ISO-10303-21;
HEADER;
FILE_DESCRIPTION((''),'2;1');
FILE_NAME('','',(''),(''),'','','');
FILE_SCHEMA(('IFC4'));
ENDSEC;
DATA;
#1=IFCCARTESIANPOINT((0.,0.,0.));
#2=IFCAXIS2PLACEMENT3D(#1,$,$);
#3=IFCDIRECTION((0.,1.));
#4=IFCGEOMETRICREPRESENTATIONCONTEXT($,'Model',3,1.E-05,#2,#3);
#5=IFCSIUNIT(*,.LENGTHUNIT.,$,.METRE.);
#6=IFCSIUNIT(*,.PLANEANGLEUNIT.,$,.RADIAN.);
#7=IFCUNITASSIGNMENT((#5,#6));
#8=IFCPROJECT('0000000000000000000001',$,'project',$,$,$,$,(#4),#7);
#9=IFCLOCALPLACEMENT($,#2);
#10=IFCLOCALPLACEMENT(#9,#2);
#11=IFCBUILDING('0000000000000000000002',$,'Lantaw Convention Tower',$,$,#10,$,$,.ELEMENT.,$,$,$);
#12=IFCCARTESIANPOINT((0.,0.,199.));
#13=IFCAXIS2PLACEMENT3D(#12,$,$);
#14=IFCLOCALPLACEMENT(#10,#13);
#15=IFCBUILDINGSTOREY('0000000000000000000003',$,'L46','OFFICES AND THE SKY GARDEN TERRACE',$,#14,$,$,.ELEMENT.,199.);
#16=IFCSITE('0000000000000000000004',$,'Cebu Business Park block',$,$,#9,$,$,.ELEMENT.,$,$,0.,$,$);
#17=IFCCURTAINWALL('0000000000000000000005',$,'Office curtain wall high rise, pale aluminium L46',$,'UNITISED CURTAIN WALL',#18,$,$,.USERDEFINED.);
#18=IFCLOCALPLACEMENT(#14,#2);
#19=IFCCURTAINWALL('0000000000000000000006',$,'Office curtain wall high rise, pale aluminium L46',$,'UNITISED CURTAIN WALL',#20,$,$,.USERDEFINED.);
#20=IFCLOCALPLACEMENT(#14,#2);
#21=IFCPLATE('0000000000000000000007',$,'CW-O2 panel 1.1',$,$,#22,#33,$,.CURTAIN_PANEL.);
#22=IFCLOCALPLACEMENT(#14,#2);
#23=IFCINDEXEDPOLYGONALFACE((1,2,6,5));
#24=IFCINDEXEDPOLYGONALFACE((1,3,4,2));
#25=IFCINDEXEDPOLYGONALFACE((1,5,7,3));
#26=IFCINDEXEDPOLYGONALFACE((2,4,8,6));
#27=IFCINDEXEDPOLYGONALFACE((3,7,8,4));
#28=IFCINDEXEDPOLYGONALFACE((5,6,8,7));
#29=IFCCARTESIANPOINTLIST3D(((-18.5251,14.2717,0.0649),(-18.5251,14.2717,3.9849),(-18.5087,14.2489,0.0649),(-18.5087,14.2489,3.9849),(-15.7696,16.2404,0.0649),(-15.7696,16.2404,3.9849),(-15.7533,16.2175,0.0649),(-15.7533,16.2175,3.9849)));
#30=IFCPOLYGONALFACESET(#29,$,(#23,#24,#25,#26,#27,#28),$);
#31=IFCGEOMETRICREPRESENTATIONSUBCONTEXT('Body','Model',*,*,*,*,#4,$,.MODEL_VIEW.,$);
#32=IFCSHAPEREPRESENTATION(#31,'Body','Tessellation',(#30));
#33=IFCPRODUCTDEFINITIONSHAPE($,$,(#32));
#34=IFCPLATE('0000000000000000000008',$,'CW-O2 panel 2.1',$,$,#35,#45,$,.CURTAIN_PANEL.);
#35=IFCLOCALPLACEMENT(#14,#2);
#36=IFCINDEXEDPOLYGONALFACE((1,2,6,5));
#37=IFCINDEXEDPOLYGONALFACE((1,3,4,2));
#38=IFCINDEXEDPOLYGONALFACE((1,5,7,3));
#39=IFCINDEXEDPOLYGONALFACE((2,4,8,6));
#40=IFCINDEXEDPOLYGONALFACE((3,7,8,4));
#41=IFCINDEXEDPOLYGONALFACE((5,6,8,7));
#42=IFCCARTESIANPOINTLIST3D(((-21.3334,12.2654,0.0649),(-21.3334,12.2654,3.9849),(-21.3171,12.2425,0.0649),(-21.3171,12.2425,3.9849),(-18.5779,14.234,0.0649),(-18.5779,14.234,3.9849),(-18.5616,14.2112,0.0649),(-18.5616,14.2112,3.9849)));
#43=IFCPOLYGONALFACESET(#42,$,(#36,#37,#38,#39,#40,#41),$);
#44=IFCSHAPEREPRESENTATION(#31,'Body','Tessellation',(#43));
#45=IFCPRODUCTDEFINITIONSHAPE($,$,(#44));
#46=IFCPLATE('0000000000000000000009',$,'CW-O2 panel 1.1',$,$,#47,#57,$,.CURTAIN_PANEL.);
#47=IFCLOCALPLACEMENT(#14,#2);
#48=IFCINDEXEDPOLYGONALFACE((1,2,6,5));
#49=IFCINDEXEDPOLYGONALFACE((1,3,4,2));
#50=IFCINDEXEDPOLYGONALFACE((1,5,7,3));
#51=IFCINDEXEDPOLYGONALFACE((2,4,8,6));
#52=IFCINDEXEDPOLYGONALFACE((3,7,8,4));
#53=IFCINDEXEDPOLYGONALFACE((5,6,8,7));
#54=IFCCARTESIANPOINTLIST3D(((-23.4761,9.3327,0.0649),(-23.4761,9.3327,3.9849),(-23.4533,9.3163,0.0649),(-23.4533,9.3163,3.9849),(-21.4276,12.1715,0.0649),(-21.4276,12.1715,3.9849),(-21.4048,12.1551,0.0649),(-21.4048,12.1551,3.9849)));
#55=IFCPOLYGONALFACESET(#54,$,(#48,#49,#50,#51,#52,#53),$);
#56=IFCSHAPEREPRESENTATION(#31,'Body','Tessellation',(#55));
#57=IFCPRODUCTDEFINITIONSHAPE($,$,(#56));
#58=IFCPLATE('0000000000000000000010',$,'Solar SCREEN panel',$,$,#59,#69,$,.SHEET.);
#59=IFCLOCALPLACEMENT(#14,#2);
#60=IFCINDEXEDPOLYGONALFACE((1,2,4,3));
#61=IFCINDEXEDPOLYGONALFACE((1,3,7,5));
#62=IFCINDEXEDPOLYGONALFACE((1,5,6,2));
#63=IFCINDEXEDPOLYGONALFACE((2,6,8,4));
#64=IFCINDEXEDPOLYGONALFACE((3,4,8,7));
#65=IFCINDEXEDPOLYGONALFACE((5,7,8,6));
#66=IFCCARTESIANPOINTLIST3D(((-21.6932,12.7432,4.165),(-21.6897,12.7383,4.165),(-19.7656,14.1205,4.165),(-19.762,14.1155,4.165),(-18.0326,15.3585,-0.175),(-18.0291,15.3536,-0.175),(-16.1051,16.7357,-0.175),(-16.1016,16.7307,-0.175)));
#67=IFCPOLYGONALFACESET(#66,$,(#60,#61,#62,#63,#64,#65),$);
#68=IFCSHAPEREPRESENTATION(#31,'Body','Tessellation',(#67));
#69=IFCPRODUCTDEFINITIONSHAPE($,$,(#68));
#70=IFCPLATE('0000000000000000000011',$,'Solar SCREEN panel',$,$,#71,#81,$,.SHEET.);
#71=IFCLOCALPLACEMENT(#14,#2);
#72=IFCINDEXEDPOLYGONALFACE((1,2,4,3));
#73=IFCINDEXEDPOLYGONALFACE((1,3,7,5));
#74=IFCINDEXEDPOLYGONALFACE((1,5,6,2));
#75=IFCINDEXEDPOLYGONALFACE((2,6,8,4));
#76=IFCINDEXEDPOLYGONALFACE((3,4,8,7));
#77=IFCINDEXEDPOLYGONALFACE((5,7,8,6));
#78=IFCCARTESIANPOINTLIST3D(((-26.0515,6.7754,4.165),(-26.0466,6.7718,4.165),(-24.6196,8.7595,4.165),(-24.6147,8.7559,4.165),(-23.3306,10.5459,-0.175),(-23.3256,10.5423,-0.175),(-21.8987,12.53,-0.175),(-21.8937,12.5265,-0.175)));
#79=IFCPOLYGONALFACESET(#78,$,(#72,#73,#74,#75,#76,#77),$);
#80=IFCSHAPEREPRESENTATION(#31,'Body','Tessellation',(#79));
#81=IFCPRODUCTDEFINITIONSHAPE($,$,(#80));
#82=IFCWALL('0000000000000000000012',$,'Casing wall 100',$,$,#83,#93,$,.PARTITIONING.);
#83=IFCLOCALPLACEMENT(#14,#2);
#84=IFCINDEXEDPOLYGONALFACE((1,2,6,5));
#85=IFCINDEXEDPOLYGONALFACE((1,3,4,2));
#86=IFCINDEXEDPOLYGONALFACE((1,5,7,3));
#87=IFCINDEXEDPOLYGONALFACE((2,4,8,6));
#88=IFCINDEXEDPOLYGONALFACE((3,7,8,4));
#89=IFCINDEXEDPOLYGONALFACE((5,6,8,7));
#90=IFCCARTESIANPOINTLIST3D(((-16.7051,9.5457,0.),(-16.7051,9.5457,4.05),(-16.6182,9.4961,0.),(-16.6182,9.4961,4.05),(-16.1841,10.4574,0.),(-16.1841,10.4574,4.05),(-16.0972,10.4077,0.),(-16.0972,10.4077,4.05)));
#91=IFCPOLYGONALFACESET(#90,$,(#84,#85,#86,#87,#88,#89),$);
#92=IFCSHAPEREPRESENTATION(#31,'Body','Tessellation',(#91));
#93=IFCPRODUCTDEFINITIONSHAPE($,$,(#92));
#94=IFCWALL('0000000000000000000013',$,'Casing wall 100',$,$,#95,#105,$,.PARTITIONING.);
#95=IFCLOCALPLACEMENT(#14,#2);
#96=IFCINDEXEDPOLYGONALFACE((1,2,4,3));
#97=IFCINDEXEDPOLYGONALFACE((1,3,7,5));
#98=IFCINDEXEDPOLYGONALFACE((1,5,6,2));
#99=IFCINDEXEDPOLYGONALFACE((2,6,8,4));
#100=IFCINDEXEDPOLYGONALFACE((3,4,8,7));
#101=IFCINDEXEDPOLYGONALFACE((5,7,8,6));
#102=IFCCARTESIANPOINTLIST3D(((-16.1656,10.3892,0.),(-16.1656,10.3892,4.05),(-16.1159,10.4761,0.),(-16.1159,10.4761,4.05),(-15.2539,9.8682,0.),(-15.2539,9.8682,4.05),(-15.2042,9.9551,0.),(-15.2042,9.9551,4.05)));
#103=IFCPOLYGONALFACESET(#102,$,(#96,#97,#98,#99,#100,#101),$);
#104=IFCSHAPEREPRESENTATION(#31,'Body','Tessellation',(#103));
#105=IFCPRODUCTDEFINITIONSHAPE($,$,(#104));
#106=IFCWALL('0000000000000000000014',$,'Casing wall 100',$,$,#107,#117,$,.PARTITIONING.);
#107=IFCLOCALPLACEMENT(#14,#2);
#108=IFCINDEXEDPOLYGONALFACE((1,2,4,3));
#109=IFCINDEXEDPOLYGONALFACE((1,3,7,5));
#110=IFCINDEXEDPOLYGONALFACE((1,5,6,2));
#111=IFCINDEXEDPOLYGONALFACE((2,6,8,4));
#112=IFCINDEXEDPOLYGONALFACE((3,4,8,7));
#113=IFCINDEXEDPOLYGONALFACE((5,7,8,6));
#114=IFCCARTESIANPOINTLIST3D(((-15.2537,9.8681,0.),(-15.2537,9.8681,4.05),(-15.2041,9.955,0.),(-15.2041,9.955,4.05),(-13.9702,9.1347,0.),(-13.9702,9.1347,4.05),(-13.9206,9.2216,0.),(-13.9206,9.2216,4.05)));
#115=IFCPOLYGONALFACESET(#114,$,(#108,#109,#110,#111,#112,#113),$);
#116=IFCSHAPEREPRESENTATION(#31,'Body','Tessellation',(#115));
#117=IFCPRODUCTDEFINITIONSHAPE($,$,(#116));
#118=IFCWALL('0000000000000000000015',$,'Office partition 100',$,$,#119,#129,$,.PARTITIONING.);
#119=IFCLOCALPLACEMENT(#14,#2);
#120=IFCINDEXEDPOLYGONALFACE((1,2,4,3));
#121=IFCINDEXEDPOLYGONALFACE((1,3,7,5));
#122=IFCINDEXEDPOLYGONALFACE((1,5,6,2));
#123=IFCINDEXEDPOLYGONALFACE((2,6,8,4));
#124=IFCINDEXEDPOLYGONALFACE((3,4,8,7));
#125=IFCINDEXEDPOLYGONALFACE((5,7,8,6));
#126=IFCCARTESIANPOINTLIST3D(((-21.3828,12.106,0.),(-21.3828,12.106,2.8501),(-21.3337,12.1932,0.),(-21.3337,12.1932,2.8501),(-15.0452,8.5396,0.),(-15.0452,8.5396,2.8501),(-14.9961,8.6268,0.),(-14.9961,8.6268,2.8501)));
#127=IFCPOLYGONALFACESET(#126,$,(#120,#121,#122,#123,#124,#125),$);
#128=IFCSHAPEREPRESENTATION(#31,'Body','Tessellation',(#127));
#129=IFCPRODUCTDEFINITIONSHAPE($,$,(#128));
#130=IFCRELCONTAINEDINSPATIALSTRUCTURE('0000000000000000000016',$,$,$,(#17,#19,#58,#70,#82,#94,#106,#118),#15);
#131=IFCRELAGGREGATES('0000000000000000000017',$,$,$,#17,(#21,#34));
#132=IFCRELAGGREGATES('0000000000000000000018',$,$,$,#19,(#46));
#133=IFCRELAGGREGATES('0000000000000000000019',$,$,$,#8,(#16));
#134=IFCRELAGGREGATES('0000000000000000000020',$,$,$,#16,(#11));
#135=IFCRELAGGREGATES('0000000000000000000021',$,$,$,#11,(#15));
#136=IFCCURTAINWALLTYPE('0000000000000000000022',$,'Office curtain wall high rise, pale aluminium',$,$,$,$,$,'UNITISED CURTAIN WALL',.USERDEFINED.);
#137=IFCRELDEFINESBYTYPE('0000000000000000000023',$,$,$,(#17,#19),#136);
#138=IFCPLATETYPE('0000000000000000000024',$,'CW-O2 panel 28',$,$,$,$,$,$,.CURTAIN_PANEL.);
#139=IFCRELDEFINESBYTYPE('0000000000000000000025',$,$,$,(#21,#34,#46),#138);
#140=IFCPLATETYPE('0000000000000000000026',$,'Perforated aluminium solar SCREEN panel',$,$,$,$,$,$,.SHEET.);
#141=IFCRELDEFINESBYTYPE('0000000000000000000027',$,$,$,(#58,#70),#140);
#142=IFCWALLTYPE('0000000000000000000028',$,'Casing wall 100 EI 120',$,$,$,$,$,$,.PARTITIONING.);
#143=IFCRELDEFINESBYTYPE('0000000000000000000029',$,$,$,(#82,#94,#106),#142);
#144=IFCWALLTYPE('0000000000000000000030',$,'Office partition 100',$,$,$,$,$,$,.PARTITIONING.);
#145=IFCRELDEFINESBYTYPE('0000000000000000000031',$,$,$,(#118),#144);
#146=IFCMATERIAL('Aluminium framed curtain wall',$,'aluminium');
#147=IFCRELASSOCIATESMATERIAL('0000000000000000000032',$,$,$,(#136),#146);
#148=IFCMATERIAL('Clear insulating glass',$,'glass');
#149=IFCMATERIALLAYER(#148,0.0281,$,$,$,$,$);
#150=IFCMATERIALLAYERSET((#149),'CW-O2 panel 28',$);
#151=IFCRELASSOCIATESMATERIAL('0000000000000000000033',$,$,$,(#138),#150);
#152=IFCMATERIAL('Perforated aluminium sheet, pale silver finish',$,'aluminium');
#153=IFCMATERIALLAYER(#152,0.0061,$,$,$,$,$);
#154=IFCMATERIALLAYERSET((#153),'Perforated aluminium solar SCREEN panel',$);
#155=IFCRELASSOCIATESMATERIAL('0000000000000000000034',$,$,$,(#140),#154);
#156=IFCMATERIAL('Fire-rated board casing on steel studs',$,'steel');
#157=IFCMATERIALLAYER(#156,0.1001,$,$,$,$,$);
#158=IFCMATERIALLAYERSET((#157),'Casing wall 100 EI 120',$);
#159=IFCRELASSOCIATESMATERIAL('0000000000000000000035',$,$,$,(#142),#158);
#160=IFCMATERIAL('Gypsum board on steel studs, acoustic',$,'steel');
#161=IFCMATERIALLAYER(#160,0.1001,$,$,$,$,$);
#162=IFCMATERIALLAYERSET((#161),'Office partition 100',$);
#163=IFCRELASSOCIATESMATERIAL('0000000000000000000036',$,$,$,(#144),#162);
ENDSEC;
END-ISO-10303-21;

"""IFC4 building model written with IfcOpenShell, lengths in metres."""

from ifc_helpers import new_model, si_unit, direction, frame, frame_2d, origin, origin_2d, place, context, subcontext, project, spatial, polyline, rectangle, outline, extrude, material, layer, layer_set, type_object, element, aggregate, save


model = new_model("IFC4")

# Units and contexts
model_context = context("Model", 3, precision=1e-05, world=origin(), true_north=direction((0.0, 1.0)))
body_context = subcontext(model_context, "Body", "Model", "MODEL_VIEW")
ifc_project = project(units=[si_unit("LENGTHUNIT", "METRE"), si_unit("PLANEANGLEUNIT", "RADIAN")], contexts=[model_context])

# Site, building, storey
site_placement = place(None, origin())
site = spatial("IfcSite", under=ifc_project, at=site_placement, Name="Cebu Business Park block", CompositionType="ELEMENT", RefElevation=0.0)
building_placement = place(site_placement, origin())
building = spatial("IfcBuilding", under=site, at=building_placement, Name="Lantaw Convention Tower", CompositionType="ELEMENT")
storey_placement = place(building_placement, frame((0.0, 0.0, 199.0)))
storey = spatial("IfcBuildingStorey", under=building, at=storey_placement, Name="L46", Description="OFFICES AND THE SKY GARDEN TERRACE", CompositionType="ELEMENT", Elevation=199.0)

# Shared definitions
ifc_material_1 = material(Name="Aluminium framed curtain wall", Category="aluminium")
curtain_wall_type = type_object("IfcCurtainWallType", Name="Office curtain wall high rise, pale aluminium", ElementType="UNITISED CURTAIN WALL", PredefinedType="USERDEFINED", material=ifc_material_1)

# Curtain walls
curtain_wall_1_placement = place(storey_placement, origin())
curtain_wall_1 = element("IfcCurtainWall", 1, at=curtain_wall_1_placement, inside=storey, type_object=curtain_wall_type, Name="Office curtain wall high rise, pale aluminium L46", ObjectType="UNITISED CURTAIN WALL", PredefinedType="USERDEFINED")
curtain_wall_2_placement = place(storey_placement, origin())
curtain_wall_2 = element("IfcCurtainWall", 2, at=curtain_wall_2_placement, inside=storey, type_object=curtain_wall_type, Name="Office curtain wall high rise, pale aluminium L46", ObjectType="UNITISED CURTAIN WALL", PredefinedType="USERDEFINED")

# Plates
ifc_material_2 = material(Name="Clear insulating glass", Category="glass")
ifc_layer_1 = layer(ifc_material_2, 0.0281)
ifc_layer_set_1 = layer_set([ifc_layer_1], Name="CW-O2 panel 28")
plate_type_1 = type_object("IfcPlateType", Name="CW-O2 panel 28", PredefinedType="CURTAIN_PANEL", material=ifc_layer_set_1)
plate_1_placement = place(storey_placement, frame((-17.1392, 15.2446, 0.0649), z_axis=(0.0, 0.0, 1.0), x_axis=(-0.813673, -0.581323, 0.0)))
plate_1 = element("IfcPlate", 3, at=plate_1_placement, type_object=plate_type_1, Name="CW-O2 panel 1.1", PredefinedType="CURTAIN_PANEL", context=body_context, shape_type="SweptSolid", body=[
    extrude(rectangle(XDim=3.3865, YDim=0.0281, at=origin_2d()), origin(), (0.0, 0.0, 1.0), 3.9199),
])
plate_2_placement = place(storey_placement, frame((-19.9475, 13.2383, 0.0649), z_axis=(0.0, 0.0, 1.0), x_axis=(-0.813673, -0.581323, 0.0)))
plate_2 = element("IfcPlate", 4, at=plate_2_placement, type_object=plate_type_1, Name="CW-O2 panel 2.1", PredefinedType="CURTAIN_PANEL", context=body_context, shape_type="SweptSolid", body=[
    extrude(rectangle(XDim=3.3865, YDim=0.0281, at=origin_2d()), origin(), (0.0, 0.0, 1.0), 3.9199),
])
aggregate(curtain_wall_1, [plate_1, plate_2])
plate_3_placement = place(storey_placement, frame((-22.4404, 10.7439, 0.0649), z_axis=(0.0, 0.0, 1.0), x_axis=(-0.585158, -0.81092, 0.0)))
plate_3 = element("IfcPlate", 5, at=plate_3_placement, type_object=plate_type_1, Name="CW-O2 panel 1.1", PredefinedType="CURTAIN_PANEL", context=body_context, shape_type="SweptSolid", body=[
    extrude(rectangle(XDim=3.5007, YDim=0.0281, at=origin_2d()), origin(), (0.0, 0.0, 1.0), 3.9199),
])
aggregate(curtain_wall_2, [plate_3])

# Plates
ifc_material_3 = material(Name="Perforated aluminium sheet, pale silver finish", Category="aluminium")
ifc_layer_2 = layer(ifc_material_3, 0.0061)
ifc_layer_set_2 = layer_set([ifc_layer_2], Name="Perforated aluminium solar SCREEN panel")
plate_type_2 = type_object("IfcPlateType", Name="Perforated aluminium solar SCREEN panel", PredefinedType="SHEET", material=ifc_layer_set_2)
plate_4_placement = place(storey_placement, frame((-16.1016, 16.7307, -0.175), z_axis=(0.581331, -0.813667, 0.00001), x_axis=(-0.813667, -0.581331, 0.0)))
element("IfcPlate", 6, at=plate_4_placement, inside=storey, type_object=plate_type_2, Name="Solar SCREEN panel", PredefinedType="SHEET", context=body_context, shape_type="SweptSolid", body=[
    extrude(outline(polyline([(0.0, 0.0), (2.3689, 0.0), (6.8678, -4.3401), (4.4987, -4.3401), (0.0, 0.0)])), origin(), (0.0, 0.0, -1.0), 0.0061),
])
plate_5_placement = place(storey_placement, frame((-21.8987, 12.53, -0.175), z_axis=(-0.810892, 0.585195, 0.00002), x_axis=(-0.585195, -0.810892, 0.0)))
element("IfcPlate", 7, at=plate_5_placement, inside=storey, type_object=plate_type_2, Name="Solar SCREEN panel", PredefinedType="SHEET", context=body_context, shape_type="SweptSolid", body=[
    extrude(outline(polyline([(0.0, 0.0), (2.4468, 0.0), (7.0966, 4.3401), (4.6498, 4.3401), (0.0, 0.0)])), origin(), (0.0, 0.0, -1.0), 0.0061),
])

# Walls
ifc_material_4 = material(Name="Fire-rated board casing on steel studs", Category="steel")
ifc_layer_3 = layer(ifc_material_4, 0.1001)
ifc_layer_set_3 = layer_set([ifc_layer_3], Name="Casing wall 100 EI 120")
wall_type_1 = type_object("IfcWallType", Name="Casing wall 100 EI 120", PredefinedType="PARTITIONING", material=ifc_layer_set_3)
for number, where, z_axis, x_axis, name in (
    (8, (-16.6616, 9.521, 0.0), (0.0, 0.0, 1.0), (0.496189, 0.868215, 0.0), "Casing wall 100"),
    (9, (-16.1406, 10.4326, 0.0), (0.0, 0.0, 1.0), (0.868215, -0.496189, 0.0), "Casing wall 100"),
):
    element("IfcWall", number, at=place(storey_placement, frame(where, z_axis=z_axis, x_axis=x_axis)), inside=storey, type_object=wall_type_1, Name=name, PredefinedType="PARTITIONING", context=body_context, shape_type="SweptSolid", body=[
        extrude(rectangle(XDim=1.05, YDim=0.1001, at=frame_2d((0.5249, 0.0))), origin(), (0.0, 0.0, 1.0), 4.05),
    ])
wall_1_placement = place(storey_placement, frame((-15.229, 9.9116, 0.0), z_axis=(0.0, 0.0, 1.0), x_axis=(0.868243, -0.496139, 0.0)))
element("IfcWall", 10, at=wall_1_placement, inside=storey, type_object=wall_type_1, Name="Casing wall 100", PredefinedType="PARTITIONING", context=body_context, shape_type="SweptSolid", body=[
    extrude(rectangle(XDim=1.4783, YDim=0.1001, at=frame_2d((0.7393, 0.0))), origin(), (0.0, 0.0, 1.0), 4.05),
])
ifc_material_5 = material(Name="Gypsum board on steel studs, acoustic", Category="steel")
ifc_layer_4 = layer(ifc_material_5, 0.1001)
ifc_layer_set_4 = layer_set([ifc_layer_4], Name="Office partition 100")
wall_type_2 = type_object("IfcWallType", Name="Office partition 100", PredefinedType="PARTITIONING", material=ifc_layer_set_4)
wall_2_placement = place(storey_placement, frame((-21.3584, 12.1497, 0.0), z_axis=(0.0, 0.0, 1.0), x_axis=(0.871489, -0.490416, 0.0)))
element("IfcWall", 11, at=wall_2_placement, inside=storey, type_object=wall_type_2, Name="Office partition 100", PredefinedType="PARTITIONING", context=body_context, shape_type="SweptSolid", body=[
    extrude(rectangle(XDim=7.2722, YDim=0.1001, at=frame_2d((3.6362, 0.0))), origin(), (0.0, 0.0, 1.0), 2.8501),
])

save(model, "model.ifc")
